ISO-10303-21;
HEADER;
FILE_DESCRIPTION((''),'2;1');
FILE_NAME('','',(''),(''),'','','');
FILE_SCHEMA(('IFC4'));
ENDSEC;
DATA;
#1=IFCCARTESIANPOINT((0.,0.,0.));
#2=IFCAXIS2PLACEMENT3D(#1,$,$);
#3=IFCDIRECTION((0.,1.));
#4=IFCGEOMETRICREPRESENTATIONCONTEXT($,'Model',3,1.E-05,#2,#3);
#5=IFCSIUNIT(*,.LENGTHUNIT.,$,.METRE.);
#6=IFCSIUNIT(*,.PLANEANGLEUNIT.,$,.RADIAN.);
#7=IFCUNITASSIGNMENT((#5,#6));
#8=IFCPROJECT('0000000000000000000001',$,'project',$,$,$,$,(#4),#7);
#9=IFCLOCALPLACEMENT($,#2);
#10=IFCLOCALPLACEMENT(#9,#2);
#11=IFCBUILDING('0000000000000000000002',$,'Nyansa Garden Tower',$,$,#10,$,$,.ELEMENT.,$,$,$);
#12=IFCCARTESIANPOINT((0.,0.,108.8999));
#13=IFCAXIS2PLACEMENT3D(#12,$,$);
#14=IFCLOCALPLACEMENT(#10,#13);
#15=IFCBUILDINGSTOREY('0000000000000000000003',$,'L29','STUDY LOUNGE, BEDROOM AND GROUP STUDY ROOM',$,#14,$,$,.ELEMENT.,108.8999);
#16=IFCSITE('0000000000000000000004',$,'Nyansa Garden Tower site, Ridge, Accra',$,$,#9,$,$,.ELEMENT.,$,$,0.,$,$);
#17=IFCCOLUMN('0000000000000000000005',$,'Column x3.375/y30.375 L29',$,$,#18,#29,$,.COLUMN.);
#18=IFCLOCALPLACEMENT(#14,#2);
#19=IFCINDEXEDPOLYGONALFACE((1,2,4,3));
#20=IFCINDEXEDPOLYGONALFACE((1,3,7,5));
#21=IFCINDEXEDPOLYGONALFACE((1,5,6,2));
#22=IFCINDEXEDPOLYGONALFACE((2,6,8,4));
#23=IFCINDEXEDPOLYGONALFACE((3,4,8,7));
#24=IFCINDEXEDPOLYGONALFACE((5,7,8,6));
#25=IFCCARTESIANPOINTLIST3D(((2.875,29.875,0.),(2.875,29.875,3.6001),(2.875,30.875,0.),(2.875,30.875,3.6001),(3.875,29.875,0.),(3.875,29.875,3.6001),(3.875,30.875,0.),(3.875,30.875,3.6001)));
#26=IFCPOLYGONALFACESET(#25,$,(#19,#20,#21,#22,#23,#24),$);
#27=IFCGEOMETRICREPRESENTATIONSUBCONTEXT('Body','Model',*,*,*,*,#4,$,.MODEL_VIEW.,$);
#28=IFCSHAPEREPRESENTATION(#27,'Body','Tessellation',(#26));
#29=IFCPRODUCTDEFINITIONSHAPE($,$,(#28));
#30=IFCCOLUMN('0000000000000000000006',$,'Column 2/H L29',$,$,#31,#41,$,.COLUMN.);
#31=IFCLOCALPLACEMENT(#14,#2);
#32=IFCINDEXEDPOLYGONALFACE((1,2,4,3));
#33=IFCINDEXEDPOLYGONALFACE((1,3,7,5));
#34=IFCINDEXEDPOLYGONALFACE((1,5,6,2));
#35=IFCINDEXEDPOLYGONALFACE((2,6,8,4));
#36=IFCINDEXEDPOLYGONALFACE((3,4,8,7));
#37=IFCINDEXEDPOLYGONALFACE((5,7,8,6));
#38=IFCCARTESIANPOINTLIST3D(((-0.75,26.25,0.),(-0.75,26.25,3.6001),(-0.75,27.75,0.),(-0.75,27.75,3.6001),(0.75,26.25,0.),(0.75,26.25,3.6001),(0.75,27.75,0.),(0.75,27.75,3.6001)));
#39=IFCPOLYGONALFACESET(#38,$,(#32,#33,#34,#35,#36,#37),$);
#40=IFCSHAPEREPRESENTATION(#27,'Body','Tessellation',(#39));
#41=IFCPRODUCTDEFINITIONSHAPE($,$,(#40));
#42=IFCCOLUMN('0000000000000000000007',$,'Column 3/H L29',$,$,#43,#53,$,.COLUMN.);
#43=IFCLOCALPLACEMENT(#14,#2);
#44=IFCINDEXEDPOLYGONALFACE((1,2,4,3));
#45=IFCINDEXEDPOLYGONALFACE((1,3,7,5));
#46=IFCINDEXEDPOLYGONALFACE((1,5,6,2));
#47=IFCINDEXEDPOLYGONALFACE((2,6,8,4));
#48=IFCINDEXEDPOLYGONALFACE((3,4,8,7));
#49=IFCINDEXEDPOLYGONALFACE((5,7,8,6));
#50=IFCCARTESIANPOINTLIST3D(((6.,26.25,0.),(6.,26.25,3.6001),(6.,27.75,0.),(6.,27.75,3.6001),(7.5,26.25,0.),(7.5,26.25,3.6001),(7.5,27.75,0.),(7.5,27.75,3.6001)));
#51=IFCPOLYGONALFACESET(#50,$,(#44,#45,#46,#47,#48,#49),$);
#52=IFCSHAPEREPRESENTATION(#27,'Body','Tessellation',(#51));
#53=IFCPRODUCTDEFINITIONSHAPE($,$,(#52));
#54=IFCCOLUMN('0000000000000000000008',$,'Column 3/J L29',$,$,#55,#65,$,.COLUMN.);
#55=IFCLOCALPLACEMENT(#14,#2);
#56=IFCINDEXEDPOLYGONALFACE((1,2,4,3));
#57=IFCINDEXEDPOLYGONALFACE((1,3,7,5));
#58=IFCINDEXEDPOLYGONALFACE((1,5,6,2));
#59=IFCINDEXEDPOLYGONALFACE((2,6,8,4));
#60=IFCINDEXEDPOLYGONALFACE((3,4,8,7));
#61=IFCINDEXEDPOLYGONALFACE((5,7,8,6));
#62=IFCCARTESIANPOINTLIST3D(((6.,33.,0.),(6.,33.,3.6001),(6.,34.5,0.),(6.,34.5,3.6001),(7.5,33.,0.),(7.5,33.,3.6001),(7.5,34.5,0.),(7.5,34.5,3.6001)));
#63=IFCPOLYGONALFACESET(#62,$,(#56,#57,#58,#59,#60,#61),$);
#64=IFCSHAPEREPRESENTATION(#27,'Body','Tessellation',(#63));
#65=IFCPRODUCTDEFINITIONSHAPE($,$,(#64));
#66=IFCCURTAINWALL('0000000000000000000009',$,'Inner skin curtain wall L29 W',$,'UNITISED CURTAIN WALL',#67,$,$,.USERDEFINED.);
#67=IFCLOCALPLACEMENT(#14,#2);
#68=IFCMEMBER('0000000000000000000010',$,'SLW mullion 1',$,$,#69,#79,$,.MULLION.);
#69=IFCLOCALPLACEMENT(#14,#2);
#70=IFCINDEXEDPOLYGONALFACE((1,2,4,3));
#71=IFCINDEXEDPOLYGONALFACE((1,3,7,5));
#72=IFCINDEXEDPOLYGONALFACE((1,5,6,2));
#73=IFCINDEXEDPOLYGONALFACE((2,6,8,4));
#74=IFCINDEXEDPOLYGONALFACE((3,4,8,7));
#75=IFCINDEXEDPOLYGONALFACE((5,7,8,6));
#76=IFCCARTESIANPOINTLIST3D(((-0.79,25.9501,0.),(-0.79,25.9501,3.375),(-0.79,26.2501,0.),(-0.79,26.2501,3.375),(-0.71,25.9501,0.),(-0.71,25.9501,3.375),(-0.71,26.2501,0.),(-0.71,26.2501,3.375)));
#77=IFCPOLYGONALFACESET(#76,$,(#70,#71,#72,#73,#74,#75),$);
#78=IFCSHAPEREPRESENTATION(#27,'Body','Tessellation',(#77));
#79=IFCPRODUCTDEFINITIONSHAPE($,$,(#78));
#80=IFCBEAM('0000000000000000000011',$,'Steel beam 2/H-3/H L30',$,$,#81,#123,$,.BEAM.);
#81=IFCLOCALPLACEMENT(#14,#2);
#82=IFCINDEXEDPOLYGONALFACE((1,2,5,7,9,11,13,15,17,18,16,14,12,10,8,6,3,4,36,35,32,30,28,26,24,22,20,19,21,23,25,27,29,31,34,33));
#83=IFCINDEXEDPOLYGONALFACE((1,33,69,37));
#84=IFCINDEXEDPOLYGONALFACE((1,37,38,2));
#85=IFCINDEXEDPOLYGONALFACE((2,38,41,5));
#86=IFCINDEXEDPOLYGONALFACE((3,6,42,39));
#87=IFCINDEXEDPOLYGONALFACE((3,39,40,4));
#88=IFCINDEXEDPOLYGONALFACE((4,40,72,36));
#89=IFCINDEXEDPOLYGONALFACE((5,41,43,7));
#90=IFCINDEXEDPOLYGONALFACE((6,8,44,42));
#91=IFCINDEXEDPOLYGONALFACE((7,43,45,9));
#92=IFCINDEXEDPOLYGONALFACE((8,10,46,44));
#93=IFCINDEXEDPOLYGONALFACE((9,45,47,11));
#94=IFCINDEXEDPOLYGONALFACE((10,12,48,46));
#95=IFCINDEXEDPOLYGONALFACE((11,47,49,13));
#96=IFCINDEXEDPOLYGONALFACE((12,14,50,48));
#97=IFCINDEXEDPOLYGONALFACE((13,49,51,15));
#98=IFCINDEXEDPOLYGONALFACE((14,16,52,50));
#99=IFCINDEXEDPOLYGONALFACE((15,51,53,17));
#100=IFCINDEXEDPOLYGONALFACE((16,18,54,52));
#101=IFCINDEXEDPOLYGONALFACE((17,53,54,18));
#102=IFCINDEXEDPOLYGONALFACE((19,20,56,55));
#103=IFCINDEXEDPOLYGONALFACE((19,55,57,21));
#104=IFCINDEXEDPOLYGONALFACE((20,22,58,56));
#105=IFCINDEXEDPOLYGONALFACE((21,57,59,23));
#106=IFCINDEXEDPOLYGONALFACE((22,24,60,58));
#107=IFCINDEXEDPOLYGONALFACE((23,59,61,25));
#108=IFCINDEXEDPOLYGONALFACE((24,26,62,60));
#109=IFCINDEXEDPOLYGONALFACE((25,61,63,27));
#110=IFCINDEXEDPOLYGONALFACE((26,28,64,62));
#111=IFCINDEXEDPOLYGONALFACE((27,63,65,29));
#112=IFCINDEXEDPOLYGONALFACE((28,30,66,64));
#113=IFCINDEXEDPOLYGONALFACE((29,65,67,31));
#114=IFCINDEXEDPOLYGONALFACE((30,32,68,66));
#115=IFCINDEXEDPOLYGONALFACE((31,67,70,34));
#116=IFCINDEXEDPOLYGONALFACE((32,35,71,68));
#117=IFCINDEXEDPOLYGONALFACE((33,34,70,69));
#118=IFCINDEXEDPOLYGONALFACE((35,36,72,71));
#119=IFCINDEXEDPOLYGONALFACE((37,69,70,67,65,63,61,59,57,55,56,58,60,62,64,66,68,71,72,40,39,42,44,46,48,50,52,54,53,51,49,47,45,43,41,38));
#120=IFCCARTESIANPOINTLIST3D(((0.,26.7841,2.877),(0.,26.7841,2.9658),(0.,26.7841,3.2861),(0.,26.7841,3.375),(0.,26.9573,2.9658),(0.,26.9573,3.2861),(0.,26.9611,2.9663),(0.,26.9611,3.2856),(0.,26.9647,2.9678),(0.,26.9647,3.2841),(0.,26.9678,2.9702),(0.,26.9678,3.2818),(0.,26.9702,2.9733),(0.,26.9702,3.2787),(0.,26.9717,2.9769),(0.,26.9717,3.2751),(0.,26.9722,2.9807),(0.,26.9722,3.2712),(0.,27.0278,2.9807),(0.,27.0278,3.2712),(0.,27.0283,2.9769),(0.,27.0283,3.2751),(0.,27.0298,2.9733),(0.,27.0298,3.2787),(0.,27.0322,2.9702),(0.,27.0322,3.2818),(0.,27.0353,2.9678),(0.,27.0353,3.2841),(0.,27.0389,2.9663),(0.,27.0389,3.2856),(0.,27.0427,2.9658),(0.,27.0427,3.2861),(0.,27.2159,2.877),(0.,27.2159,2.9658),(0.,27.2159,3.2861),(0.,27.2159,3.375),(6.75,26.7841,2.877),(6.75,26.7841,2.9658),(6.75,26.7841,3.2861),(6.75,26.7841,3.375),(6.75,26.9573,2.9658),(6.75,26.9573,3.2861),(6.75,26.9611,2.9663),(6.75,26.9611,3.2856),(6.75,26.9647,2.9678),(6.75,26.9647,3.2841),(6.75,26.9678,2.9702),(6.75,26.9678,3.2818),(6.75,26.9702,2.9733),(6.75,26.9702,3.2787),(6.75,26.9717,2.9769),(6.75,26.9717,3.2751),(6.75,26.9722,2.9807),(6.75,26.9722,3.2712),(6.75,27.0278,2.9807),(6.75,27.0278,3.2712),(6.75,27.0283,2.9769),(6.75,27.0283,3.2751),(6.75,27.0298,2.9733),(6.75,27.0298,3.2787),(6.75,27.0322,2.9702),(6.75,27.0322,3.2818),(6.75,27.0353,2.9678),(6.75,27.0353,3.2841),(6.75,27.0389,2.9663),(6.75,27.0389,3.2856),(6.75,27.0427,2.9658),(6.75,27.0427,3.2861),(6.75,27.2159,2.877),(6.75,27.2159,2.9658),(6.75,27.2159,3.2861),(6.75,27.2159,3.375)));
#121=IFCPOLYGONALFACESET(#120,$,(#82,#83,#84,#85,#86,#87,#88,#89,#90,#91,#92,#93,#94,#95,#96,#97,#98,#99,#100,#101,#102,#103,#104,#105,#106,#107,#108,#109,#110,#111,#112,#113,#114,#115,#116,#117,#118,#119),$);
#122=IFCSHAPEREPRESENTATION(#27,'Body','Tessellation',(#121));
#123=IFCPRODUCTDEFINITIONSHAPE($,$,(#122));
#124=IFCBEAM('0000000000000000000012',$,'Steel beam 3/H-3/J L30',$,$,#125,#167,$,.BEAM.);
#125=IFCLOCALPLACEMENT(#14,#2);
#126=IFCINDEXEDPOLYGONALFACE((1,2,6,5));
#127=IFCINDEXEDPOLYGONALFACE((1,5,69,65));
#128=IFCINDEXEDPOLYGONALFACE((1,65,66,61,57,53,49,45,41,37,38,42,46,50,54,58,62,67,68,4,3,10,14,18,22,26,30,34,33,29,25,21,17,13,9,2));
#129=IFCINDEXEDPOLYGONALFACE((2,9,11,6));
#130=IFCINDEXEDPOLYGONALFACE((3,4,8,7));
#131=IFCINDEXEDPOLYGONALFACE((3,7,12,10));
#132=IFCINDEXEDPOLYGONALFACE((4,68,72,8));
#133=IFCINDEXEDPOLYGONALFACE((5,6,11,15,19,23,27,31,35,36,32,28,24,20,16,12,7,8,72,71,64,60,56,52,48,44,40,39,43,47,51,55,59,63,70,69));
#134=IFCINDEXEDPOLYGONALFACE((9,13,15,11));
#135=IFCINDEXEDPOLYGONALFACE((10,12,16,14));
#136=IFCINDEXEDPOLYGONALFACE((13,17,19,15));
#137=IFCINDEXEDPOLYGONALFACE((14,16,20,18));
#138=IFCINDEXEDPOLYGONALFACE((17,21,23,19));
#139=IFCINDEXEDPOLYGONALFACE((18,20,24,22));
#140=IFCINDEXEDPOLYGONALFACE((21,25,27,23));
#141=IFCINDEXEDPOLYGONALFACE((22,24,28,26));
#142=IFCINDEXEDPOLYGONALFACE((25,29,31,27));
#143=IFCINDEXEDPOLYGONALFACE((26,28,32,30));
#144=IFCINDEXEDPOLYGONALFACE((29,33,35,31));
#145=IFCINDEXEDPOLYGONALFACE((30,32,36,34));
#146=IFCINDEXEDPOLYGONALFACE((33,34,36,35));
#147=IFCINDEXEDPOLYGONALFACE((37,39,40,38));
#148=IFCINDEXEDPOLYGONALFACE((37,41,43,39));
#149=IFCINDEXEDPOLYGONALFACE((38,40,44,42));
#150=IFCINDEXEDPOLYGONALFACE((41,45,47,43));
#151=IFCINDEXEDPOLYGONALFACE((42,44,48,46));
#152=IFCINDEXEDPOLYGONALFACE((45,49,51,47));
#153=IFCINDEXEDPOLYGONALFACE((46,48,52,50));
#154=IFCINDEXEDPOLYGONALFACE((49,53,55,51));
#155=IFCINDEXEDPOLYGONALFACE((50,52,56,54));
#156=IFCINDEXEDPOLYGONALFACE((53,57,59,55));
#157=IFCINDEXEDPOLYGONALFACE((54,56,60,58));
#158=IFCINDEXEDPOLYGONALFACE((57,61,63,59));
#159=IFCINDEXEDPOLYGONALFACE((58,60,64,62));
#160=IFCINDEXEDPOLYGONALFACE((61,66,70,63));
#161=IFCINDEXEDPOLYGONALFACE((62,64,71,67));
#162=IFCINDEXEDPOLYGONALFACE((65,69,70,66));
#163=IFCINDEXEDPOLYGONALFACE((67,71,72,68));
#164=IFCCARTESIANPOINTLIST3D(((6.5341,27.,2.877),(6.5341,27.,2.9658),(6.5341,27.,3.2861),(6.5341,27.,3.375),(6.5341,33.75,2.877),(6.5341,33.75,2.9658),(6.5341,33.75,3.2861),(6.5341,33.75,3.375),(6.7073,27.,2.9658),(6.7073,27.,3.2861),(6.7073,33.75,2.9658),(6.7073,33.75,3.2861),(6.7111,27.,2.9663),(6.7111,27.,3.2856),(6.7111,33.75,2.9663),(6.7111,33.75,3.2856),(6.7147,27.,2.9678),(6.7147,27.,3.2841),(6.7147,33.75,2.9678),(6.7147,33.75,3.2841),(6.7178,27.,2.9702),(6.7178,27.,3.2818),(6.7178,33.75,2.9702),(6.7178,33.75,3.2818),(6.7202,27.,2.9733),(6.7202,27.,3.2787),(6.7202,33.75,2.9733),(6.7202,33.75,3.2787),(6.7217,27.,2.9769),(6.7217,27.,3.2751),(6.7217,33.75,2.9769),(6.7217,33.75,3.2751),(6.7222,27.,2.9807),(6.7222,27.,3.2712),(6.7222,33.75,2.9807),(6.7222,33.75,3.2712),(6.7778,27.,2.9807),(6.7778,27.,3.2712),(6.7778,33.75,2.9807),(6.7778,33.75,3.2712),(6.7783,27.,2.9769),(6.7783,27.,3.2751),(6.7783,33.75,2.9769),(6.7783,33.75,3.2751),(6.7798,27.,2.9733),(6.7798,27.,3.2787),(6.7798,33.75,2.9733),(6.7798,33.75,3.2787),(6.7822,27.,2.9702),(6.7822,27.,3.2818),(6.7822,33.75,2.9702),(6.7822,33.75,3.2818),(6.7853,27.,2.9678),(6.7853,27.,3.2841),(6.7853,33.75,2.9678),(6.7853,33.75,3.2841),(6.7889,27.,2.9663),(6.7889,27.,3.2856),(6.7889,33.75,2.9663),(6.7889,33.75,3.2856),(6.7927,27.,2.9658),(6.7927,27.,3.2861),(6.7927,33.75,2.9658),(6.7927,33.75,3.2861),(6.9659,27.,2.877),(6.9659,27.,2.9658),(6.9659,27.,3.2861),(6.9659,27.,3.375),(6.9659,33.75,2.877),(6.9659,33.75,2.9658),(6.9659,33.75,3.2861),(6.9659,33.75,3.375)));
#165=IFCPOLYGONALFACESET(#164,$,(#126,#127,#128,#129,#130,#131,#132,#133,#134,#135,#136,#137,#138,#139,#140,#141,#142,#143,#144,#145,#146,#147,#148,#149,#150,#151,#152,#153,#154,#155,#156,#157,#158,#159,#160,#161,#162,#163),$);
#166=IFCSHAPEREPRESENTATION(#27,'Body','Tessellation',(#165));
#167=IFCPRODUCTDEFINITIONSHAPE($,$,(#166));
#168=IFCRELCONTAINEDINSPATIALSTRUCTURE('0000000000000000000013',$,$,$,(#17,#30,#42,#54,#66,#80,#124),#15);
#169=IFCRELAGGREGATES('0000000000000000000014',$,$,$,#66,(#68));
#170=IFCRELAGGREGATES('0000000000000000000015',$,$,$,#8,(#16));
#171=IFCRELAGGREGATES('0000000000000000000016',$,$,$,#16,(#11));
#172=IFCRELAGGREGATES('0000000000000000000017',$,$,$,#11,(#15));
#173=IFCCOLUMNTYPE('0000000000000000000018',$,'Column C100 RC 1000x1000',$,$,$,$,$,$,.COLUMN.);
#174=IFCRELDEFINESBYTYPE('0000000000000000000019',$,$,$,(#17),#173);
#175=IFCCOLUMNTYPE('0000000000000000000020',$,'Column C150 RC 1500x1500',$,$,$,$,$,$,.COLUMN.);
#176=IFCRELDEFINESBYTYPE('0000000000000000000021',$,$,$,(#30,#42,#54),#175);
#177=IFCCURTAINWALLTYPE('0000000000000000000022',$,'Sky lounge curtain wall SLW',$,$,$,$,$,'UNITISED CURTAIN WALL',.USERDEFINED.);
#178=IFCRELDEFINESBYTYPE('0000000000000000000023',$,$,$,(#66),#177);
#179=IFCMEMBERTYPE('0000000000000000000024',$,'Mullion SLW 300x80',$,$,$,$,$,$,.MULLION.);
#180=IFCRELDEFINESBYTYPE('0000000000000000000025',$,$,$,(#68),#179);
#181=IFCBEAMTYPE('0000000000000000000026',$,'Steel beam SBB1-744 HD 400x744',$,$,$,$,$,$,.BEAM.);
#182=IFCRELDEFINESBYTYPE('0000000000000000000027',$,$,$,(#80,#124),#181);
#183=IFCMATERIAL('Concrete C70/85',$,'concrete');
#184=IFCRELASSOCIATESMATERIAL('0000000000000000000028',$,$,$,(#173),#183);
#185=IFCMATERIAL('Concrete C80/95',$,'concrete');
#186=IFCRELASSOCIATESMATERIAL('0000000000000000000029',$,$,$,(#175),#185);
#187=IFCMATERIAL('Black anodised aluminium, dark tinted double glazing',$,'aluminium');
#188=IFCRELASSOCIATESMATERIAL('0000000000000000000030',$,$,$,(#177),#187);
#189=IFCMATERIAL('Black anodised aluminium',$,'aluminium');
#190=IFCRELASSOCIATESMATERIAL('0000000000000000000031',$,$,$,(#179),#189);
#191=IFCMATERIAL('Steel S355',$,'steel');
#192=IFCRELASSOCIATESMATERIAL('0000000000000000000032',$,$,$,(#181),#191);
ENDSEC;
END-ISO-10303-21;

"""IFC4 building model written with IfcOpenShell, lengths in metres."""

from ifc_helpers import new_model, si_unit, direction, frame, origin, origin_2d, place, context, subcontext, project, spatial, rectangle, i_section, extrude, material, material_profile, profile_set, type_object, element, aggregate, save


model = new_model("IFC4")

# Units and contexts
model_context = context("Model", 3, precision=1e-05, world=origin(), true_north=direction((0.0, 1.0)))
body_context = subcontext(model_context, "Body", "Model", "MODEL_VIEW")
ifc_project = project(units=[si_unit("LENGTHUNIT", "METRE"), si_unit("PLANEANGLEUNIT", "RADIAN")], contexts=[model_context])

# Site, building, storey
site_placement = place(None, origin())
site = spatial("IfcSite", under=ifc_project, at=site_placement, Name="Nyansa Garden Tower site, Ridge, Accra", CompositionType="ELEMENT", RefElevation=0.0)
building_placement = place(site_placement, origin())
building = spatial("IfcBuilding", under=site, at=building_placement, Name="Nyansa Garden Tower", CompositionType="ELEMENT")
storey_placement = place(building_placement, frame((0.0, 0.0, 108.8999)))
storey = spatial("IfcBuildingStorey", under=building, at=storey_placement, Name="L29", Description="STUDY LOUNGE, BEDROOM AND GROUP STUDY ROOM", CompositionType="ELEMENT", Elevation=108.8999)

# Columns
ifc_material_1 = material(Name="Concrete C70/85", Category="concrete")
ifc_material_profile_1 = material_profile(ifc_material_1, rectangle(XDim=1.0, YDim=1.0, at=origin_2d()), Name="RC 1000x1000")
ifc_profile_set_1 = profile_set([ifc_material_profile_1], Name="Concrete C70/85")
column_type_1 = type_object("IfcColumnType", Name="Column C100 RC 1000x1000", PredefinedType="COLUMN", material=ifc_profile_set_1)
column_placement = place(storey_placement, frame((3.375, 30.375, 0.0), z_axis=(0.0, 0.0, 1.0), x_axis=(1.0, 0.0, 0.0)))
element("IfcColumn", 1, at=column_placement, inside=storey, type_object=column_type_1, Name="Column x3.375/y30.375 L29", PredefinedType="COLUMN", context=body_context, shape_type="SweptSolid", body=[
    extrude(rectangle(XDim=1.0, YDim=1.0, at=origin_2d()), origin(), (0.0, 0.0, 1.0), 3.6001),
])
ifc_material_2 = material(Name="Concrete C80/95", Category="concrete")
ifc_material_profile_2 = material_profile(ifc_material_2, rectangle(XDim=1.5, YDim=1.5, at=origin_2d()), Name="RC 1500x1500")
ifc_profile_set_2 = profile_set([ifc_material_profile_2], Name="Concrete C80/95")
column_type_2 = type_object("IfcColumnType", Name="Column C150 RC 1500x1500", PredefinedType="COLUMN", material=ifc_profile_set_2)
for number, where, z_axis, x_axis, name in (
    (2, (0.0, 27.0, 0.0), (0.0, 0.0, 1.0), (1.0, 0.0, 0.0), "Column 2/H L29"),
    (3, (6.75, 27.0, 0.0), (0.0, 0.0, 1.0), (1.0, 0.0, 0.0), "Column 3/H L29"),
    (4, (6.75, 33.75, 0.0), (0.0, 0.0, 1.0), (1.0, 0.0, 0.0), "Column 3/J L29"),
):
    element("IfcColumn", number, at=place(storey_placement, frame(where, z_axis=z_axis, x_axis=x_axis)), inside=storey, type_object=column_type_2, Name=name, PredefinedType="COLUMN", context=body_context, shape_type="SweptSolid", body=[
        extrude(rectangle(XDim=1.5, YDim=1.5, at=origin_2d()), origin(), (0.0, 0.0, 1.0), 3.6001),
    ])

# Curtain wall, member
ifc_material_3 = material(Name="Black anodised aluminium, dark tinted double glazing", Category="aluminium")
curtain_wall_type = type_object("IfcCurtainWallType", Name="Sky lounge curtain wall SLW", ElementType="UNITISED CURTAIN WALL", PredefinedType="USERDEFINED", material=ifc_material_3)
curtain_wall_placement = place(storey_placement, origin())
curtain_wall = element("IfcCurtainWall", 5, at=curtain_wall_placement, inside=storey, type_object=curtain_wall_type, Name="Inner skin curtain wall L29 W", ObjectType="UNITISED CURTAIN WALL", PredefinedType="USERDEFINED")
ifc_material_4 = material(Name="Black anodised aluminium", Category="aluminium")
ifc_material_profile_3 = material_profile(ifc_material_4, rectangle(XDim=0.0801, YDim=0.3, at=origin_2d()), Name="Mullion 300x80")
ifc_profile_set_3 = profile_set([ifc_material_profile_3], Name="Black anodised aluminium")
member_type_1 = type_object("IfcMemberType", Name="Mullion SLW 300x80", PredefinedType="MULLION", material=ifc_profile_set_3)
member_1_placement = place(storey_placement, frame((-0.75, 26.1001, 0.0), z_axis=(0.0, 0.0, 1.0), x_axis=(1.0, 0.0, 0.0)))
member_1 = element("IfcMember", 6, at=member_1_placement, type_object=member_type_1, Name="SLW mullion 1", PredefinedType="MULLION", context=body_context, shape_type="SweptSolid", body=[
    extrude(rectangle(XDim=0.0801, YDim=0.3, at=origin_2d()), origin(), (0.0, 0.0, 1.0), 3.375),
])

# Beams
ifc_material_5 = material(Name="Steel S355", Category="steel")
ifc_material_profile_4 = material_profile(ifc_material_5, i_section(OverallWidth=0.4319, OverallDepth=0.498, WebThickness=0.0557, FlangeThickness=0.0889, FilletRadius=0.0149, at=origin_2d()), Name="HD 400x744")
ifc_profile_set_4 = profile_set([ifc_material_profile_4], Name="Steel S355")
beam_type_1 = type_object("IfcBeamType", Name="Steel beam SBB1-744 HD 400x744", PredefinedType="BEAM", material=ifc_profile_set_4)
for number, where, z_axis, x_axis, name in (
    (7, (0.0, 27.0, 3.126), (1.0, 0.0, 0.0), (0.0, 1.0, 0.0), "Steel beam 2/H-3/H L30"),
    (8, (6.75, 27.0, 3.126), (0.0, 1.0, 0.0), (-1.0, 0.0, 0.0), "Steel beam 3/H-3/J L30"),
):
    element("IfcBeam", number, at=place(storey_placement, frame(where, z_axis=z_axis, x_axis=x_axis)), inside=storey, type_object=beam_type_1, Name=name, PredefinedType="BEAM", context=body_context, shape_type="SweptSolid", body=[
        extrude(i_section(OverallWidth=0.4319, OverallDepth=0.498, WebThickness=0.0557, FlangeThickness=0.0889, FilletRadius=0.0149, at=origin_2d()), origin(), (0.0, 0.0, 1.0), 6.75),
    ])

aggregate(curtain_wall, [member_1])

save(model, "model.ifc")
